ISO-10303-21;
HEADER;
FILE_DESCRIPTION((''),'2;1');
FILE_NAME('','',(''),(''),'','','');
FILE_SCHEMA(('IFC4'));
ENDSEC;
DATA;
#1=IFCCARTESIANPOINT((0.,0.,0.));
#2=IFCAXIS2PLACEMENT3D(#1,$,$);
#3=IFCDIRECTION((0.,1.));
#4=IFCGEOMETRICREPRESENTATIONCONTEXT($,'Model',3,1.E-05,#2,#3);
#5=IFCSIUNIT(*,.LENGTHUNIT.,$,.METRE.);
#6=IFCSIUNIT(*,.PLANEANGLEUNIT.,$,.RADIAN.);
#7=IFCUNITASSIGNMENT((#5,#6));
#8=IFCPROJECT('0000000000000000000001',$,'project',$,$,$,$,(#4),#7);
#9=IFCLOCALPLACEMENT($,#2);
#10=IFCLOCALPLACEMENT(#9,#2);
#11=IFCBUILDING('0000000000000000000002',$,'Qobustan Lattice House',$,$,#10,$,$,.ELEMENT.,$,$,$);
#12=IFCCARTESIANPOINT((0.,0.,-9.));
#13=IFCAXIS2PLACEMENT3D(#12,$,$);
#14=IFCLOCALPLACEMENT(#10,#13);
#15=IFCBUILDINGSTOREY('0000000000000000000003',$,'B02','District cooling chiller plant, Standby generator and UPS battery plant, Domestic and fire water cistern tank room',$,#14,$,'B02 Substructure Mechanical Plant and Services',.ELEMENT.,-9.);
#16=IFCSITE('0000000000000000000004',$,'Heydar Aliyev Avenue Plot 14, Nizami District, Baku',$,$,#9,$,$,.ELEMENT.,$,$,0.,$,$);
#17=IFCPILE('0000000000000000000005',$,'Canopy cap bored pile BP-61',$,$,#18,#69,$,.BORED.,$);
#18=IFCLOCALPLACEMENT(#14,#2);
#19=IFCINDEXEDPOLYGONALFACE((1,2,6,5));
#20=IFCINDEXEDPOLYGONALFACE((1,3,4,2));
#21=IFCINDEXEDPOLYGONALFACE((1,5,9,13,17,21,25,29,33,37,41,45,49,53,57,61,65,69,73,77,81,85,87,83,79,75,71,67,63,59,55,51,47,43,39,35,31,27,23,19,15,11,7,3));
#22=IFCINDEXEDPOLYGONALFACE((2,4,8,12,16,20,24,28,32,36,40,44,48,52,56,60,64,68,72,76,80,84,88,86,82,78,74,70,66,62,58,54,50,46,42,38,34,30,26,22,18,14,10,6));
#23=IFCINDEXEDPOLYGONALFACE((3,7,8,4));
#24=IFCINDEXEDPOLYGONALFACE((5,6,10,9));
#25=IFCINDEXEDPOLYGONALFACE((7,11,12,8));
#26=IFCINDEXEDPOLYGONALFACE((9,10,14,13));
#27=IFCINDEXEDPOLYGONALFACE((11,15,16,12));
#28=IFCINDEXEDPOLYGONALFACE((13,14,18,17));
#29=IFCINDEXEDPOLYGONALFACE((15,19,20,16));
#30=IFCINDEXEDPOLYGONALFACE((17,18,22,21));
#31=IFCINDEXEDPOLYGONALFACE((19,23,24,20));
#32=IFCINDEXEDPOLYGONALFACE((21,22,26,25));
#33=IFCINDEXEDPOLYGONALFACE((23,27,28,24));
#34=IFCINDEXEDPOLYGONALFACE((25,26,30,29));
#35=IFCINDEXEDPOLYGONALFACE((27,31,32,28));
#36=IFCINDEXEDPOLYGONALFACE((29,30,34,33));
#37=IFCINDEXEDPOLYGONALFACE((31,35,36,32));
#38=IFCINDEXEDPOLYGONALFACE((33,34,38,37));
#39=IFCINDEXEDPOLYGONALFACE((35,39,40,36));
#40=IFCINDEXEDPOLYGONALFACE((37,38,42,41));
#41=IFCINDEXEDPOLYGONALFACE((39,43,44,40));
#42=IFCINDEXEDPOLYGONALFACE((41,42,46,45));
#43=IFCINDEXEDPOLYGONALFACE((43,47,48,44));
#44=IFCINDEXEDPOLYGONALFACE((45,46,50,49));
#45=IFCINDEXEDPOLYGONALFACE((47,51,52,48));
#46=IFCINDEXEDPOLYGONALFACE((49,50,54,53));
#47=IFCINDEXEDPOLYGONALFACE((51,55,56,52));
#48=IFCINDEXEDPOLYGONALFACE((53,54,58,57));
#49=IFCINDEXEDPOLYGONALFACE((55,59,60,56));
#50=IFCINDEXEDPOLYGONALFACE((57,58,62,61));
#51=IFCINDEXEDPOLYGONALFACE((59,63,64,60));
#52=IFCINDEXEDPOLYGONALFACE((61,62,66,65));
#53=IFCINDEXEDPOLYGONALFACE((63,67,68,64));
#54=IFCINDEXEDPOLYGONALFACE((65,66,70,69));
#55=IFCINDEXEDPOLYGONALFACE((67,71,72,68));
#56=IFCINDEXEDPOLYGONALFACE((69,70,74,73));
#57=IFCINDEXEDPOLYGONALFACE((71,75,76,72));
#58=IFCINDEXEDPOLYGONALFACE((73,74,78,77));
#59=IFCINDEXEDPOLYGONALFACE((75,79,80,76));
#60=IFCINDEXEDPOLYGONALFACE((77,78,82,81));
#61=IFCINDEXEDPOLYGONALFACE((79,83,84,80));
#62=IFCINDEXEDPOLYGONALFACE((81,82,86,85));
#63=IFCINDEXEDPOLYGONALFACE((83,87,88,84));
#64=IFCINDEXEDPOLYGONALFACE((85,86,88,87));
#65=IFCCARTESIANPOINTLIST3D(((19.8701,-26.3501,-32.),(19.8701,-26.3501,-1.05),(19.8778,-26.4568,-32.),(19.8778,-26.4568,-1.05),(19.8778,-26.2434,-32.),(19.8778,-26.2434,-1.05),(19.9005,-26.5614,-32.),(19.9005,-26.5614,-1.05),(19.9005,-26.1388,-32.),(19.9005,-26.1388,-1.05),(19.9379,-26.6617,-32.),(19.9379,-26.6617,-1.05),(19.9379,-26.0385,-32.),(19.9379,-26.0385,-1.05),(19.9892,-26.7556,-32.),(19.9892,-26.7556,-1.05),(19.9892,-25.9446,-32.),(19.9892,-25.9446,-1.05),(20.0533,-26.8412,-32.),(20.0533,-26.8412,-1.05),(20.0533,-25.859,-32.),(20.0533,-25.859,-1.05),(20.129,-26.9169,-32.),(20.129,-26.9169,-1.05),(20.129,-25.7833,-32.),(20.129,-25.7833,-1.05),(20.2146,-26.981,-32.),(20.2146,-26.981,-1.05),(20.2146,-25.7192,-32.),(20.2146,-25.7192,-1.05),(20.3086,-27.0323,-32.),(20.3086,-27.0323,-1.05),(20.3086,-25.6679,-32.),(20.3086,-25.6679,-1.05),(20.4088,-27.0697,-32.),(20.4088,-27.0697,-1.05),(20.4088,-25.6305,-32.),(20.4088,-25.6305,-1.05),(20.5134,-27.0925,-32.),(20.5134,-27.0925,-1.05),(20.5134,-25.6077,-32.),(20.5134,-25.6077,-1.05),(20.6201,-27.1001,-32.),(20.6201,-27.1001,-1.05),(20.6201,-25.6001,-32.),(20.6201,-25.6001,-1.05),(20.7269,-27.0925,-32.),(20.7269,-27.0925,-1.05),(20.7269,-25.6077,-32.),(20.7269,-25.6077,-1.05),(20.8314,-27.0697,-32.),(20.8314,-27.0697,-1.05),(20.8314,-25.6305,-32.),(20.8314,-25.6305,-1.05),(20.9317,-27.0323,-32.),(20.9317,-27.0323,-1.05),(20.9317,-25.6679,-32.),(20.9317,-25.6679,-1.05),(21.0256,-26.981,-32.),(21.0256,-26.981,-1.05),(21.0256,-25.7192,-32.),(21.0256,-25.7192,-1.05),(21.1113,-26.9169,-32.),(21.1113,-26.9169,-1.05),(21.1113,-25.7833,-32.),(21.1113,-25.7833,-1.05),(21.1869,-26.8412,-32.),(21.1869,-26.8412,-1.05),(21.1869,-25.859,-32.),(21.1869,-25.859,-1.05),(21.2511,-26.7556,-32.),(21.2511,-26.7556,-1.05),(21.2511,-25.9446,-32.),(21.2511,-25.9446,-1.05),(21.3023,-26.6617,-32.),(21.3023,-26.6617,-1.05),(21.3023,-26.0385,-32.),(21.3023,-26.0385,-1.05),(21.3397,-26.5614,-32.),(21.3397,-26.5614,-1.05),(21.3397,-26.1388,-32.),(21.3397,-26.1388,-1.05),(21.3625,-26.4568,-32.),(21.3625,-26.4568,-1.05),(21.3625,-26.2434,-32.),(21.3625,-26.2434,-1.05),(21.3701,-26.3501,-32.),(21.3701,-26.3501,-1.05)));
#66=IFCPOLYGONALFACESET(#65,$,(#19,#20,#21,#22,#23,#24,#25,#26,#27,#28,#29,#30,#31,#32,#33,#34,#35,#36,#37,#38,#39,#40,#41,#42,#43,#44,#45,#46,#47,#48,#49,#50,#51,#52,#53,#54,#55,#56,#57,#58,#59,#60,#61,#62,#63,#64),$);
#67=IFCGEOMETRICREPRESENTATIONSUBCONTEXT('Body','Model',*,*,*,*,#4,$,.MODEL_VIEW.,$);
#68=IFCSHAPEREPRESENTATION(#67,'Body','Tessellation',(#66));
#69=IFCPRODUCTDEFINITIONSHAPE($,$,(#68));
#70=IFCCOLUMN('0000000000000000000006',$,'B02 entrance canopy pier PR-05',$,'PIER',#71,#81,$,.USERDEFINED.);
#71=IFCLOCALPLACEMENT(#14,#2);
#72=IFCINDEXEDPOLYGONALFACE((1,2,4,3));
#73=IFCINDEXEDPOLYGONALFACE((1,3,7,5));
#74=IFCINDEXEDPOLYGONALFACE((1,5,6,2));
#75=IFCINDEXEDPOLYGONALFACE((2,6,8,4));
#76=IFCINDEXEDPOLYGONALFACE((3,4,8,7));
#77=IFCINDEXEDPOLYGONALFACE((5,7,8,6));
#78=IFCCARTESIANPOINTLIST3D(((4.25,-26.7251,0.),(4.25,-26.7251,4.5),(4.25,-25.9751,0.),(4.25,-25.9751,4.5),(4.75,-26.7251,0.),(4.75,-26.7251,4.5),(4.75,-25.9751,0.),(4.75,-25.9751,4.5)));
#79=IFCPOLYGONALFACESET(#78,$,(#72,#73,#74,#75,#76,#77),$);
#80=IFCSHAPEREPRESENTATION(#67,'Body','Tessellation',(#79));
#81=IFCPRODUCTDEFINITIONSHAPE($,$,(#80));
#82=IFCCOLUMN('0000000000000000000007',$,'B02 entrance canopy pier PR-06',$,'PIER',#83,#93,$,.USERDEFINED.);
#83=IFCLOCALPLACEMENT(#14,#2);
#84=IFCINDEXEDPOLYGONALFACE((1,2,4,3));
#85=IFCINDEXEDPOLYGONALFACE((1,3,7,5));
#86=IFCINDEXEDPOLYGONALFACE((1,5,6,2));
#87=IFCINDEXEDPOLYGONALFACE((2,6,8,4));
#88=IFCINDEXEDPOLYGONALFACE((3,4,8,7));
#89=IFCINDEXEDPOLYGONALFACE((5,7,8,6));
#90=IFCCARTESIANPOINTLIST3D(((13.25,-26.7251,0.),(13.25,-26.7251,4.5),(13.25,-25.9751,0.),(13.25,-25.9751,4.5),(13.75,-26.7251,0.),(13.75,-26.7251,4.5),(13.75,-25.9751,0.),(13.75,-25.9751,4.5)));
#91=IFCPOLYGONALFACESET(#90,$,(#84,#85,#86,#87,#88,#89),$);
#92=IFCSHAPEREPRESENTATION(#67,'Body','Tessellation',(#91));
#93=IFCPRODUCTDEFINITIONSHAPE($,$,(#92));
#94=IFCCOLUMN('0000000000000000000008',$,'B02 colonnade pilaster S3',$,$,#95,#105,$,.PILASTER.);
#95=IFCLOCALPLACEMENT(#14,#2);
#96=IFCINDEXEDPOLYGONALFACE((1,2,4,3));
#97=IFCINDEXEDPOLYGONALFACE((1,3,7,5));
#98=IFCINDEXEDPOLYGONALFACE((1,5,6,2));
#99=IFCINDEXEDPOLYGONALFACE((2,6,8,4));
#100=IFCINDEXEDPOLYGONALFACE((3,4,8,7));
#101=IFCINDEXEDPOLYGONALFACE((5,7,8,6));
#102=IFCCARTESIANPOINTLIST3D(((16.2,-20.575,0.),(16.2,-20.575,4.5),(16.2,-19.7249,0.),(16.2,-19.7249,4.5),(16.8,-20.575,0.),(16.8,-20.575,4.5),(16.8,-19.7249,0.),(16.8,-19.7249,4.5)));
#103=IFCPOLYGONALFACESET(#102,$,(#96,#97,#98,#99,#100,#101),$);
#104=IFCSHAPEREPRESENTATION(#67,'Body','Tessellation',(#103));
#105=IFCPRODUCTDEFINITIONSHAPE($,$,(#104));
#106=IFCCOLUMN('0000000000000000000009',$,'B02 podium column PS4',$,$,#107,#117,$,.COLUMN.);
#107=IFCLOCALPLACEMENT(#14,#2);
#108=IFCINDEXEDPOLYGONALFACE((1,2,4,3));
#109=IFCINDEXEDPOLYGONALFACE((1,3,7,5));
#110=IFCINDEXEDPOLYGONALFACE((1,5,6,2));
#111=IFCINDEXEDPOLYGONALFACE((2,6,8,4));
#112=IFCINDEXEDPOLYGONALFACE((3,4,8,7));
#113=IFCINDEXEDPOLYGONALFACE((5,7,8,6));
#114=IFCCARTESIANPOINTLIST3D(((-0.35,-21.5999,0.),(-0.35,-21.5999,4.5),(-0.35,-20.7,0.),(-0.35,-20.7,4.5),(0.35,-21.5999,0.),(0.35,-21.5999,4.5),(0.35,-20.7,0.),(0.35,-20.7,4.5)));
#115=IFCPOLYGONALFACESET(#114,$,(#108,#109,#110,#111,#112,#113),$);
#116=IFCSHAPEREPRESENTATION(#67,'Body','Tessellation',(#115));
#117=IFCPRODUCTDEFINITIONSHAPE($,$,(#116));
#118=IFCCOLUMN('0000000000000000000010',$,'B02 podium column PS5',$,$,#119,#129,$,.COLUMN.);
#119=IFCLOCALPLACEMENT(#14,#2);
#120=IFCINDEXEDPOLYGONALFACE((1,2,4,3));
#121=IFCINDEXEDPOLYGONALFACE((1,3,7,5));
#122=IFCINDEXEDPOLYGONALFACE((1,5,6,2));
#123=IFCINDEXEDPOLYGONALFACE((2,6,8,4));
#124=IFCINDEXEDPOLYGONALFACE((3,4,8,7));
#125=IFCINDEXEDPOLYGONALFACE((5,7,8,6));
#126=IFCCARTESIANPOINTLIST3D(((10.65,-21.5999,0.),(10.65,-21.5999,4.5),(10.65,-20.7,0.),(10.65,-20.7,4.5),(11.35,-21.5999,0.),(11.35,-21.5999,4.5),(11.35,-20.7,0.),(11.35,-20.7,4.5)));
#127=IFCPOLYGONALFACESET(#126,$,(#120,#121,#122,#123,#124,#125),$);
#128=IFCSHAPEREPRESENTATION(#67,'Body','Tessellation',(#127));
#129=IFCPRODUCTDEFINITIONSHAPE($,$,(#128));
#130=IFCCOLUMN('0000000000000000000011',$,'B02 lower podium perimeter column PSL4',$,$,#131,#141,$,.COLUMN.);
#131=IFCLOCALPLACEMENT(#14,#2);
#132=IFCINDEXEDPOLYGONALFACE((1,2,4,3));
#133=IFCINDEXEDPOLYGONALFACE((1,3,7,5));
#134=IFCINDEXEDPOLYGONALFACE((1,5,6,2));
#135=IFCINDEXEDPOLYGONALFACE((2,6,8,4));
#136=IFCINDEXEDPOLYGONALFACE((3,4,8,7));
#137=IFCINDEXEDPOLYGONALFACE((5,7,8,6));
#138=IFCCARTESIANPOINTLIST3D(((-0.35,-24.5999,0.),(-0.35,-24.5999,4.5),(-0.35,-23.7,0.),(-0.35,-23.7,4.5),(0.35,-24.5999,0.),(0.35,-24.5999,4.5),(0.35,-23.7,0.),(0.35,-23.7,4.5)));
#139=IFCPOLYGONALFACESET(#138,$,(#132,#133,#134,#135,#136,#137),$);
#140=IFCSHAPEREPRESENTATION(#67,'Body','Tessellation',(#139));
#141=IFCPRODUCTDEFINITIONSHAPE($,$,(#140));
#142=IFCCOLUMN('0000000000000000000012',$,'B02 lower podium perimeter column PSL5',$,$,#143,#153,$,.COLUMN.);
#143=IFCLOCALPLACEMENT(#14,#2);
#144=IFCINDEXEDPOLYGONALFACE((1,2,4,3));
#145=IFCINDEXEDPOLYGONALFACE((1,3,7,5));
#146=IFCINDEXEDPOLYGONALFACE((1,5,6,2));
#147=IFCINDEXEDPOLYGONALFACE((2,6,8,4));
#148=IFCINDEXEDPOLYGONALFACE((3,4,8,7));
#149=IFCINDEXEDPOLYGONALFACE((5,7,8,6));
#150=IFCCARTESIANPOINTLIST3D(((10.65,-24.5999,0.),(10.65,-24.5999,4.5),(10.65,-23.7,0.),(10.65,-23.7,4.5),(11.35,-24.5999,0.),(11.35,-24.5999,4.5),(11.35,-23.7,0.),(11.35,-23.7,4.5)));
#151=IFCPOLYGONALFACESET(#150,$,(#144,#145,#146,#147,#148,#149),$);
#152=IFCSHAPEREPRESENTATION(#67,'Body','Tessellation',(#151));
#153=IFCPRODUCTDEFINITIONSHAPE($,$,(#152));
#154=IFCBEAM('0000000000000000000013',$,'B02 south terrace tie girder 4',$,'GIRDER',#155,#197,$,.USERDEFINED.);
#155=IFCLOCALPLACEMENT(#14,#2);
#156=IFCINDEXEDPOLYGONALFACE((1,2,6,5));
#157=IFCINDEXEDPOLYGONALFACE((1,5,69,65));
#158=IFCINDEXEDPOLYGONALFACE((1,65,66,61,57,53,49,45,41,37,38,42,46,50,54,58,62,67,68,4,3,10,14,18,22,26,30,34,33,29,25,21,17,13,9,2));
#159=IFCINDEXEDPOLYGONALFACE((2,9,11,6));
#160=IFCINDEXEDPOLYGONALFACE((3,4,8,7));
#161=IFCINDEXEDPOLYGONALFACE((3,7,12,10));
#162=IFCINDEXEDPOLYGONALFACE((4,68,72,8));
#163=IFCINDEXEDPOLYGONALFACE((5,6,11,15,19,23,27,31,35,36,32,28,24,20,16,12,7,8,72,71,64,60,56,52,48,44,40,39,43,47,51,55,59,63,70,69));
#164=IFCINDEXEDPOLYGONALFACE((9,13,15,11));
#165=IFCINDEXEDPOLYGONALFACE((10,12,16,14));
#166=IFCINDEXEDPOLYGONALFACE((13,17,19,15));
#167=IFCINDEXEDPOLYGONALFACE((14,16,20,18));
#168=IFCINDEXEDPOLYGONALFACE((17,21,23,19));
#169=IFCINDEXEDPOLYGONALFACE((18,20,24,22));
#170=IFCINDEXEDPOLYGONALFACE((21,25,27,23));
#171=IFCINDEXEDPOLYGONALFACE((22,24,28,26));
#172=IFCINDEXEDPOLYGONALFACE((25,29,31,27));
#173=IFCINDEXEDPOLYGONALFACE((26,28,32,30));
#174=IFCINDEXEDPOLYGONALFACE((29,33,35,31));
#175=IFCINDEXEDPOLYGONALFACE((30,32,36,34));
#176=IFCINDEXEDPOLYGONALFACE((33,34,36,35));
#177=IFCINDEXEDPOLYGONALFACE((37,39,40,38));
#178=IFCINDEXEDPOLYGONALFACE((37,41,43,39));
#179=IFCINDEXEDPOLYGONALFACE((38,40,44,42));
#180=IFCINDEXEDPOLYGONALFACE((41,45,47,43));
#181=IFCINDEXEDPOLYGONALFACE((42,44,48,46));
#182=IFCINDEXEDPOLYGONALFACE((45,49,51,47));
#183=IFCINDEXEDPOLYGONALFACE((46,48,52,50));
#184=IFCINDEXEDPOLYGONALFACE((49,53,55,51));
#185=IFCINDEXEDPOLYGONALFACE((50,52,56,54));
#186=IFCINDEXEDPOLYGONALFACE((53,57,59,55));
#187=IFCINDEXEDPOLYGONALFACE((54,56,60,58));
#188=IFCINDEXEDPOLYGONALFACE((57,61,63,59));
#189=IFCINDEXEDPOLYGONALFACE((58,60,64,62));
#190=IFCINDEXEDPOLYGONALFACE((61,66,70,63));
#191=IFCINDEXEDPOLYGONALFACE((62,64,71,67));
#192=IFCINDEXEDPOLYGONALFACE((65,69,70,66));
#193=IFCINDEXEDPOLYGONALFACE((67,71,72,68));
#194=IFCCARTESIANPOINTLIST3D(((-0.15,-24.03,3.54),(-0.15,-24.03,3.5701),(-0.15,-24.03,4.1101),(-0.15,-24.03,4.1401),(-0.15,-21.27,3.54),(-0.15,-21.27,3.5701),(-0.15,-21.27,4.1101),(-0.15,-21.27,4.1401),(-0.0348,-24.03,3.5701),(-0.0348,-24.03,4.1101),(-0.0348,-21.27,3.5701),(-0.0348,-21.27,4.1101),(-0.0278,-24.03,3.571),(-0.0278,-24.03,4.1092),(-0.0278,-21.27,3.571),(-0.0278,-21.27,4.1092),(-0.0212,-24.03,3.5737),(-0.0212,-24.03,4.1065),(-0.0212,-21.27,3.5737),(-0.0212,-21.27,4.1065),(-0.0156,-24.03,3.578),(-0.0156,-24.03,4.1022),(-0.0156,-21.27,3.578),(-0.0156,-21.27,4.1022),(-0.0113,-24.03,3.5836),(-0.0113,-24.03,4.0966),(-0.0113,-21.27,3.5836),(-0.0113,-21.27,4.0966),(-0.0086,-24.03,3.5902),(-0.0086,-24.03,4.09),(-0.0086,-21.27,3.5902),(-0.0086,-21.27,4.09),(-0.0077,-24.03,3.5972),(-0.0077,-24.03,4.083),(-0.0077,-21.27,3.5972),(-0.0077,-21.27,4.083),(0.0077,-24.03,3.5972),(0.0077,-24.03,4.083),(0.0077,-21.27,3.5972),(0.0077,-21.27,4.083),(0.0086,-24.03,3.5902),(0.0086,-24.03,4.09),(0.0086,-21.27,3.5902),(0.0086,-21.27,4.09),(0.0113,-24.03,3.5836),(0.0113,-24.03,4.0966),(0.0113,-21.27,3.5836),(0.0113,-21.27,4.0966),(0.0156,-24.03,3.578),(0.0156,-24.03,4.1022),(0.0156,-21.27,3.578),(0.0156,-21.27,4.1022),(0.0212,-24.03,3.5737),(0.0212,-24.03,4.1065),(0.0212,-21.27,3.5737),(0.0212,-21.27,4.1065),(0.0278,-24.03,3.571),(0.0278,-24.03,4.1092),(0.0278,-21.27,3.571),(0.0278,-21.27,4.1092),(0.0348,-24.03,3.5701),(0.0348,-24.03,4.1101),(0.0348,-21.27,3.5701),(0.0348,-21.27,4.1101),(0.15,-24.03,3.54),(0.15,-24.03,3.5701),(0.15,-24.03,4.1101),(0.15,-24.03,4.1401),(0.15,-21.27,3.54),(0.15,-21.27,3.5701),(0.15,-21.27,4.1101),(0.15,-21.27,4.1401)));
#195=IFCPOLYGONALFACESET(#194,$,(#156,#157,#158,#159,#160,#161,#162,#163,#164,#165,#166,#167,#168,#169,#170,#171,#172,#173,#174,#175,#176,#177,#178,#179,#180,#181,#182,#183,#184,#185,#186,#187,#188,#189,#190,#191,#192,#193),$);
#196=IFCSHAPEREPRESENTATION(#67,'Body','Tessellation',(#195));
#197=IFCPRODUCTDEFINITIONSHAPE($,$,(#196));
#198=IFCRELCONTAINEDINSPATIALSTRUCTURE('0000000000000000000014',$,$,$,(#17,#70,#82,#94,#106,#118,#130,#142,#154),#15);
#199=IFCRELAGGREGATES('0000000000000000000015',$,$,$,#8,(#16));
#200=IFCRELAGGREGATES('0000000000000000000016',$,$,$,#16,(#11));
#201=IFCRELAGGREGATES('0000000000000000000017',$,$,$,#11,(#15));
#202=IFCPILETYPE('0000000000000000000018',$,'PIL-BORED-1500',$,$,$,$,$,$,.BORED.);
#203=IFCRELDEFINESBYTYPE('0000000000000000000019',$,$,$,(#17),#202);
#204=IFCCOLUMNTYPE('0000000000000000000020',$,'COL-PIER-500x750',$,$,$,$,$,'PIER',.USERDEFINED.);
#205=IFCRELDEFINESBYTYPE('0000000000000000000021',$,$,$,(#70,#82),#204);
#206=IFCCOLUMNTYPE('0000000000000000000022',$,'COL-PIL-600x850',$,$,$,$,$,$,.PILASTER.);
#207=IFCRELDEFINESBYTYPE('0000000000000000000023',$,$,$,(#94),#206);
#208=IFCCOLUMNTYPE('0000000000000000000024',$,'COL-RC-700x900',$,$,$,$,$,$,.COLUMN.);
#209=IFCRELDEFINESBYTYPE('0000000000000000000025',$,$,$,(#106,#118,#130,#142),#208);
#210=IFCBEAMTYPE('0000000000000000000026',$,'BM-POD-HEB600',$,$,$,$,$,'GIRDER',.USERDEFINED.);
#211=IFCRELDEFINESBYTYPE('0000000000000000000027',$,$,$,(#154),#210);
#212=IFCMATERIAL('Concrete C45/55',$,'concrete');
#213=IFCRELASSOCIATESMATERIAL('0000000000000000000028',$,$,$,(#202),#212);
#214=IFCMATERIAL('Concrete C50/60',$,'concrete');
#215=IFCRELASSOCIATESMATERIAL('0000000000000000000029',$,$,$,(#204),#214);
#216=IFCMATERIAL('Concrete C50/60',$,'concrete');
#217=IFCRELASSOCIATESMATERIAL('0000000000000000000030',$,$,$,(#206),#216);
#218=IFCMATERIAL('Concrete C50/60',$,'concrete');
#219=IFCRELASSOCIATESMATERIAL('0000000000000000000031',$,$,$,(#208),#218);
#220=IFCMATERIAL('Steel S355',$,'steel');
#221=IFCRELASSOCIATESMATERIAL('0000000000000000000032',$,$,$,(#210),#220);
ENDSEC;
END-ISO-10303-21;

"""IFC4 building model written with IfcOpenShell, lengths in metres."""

from ifc_helpers import new_model, si_unit, direction, frame, origin, origin_2d, place, context, subcontext, project, spatial, rectangle, circle, i_section, extrude, material, material_profile, profile_set, type_object, element, save


model = new_model("IFC4")

# Units and contexts
model_context = context("Model", 3, precision=1e-05, world=origin(), true_north=direction((0.0, 1.0)))
body_context = subcontext(model_context, "Body", "Model", "MODEL_VIEW")
ifc_project = project(units=[si_unit("LENGTHUNIT", "METRE"), si_unit("PLANEANGLEUNIT", "RADIAN")], contexts=[model_context])

# Site, building, storey
site_placement = place(None, origin())
site = spatial("IfcSite", under=ifc_project, at=site_placement, Name="Heydar Aliyev Avenue Plot 14, Nizami District, Baku", CompositionType="ELEMENT", RefElevation=0.0)
building_placement = place(site_placement, origin())
building = spatial("IfcBuilding", under=site, at=building_placement, Name="Qobustan Lattice House", CompositionType="ELEMENT")
storey_placement = place(building_placement, frame((0.0, 0.0, -9.0)))
storey = spatial("IfcBuildingStorey", under=building, at=storey_placement, Name="B02", Description="District cooling chiller plant, Standby generator and UPS battery plant, Domestic and fire water cistern tank room", LongName="B02 Substructure Mechanical Plant and Services", CompositionType="ELEMENT", Elevation=-9.0)

# Pile
ifc_material_1 = material(Name="Concrete C45/55", Category="concrete")
ifc_material_profile_1 = material_profile(ifc_material_1, circle(Radius=0.75, at=origin_2d()), Name="PILE-D1500")
ifc_profile_set_1 = profile_set([ifc_material_profile_1], Name="Concrete C45/55")
pile_type = type_object("IfcPileType", Name="PIL-BORED-1500", PredefinedType="BORED", material=ifc_profile_set_1)
for number, where, z_axis, x_axis, name in (
    (1, (20.6201, -26.3501, -1.05), (0.0, 0.0, -1.0), (1.0, 0.0, 0.0), "Canopy cap bored pile BP-61"),
):
    element("IfcPile", number, at=place(storey_placement, frame(where, z_axis=z_axis, x_axis=x_axis)), inside=storey, type_object=pile_type, Name=name, PredefinedType="BORED", context=body_context, shape_type="SweptSolid", body=[
        extrude(circle(Radius=0.75, at=origin_2d()), origin(), (0.0, 0.0, 1.0), 30.95),
    ])

# Columns
ifc_material_2 = material(Name="Concrete C50/60", Category="concrete")
ifc_material_profile_2 = material_profile(ifc_material_2, rectangle(XDim=0.5, YDim=0.75, at=origin_2d()), Name="RC500x750")
ifc_profile_set_2 = profile_set([ifc_material_profile_2], Name="Concrete C50/60")
column_type_1 = type_object("IfcColumnType", Name="COL-PIER-500x750", ElementType="PIER", PredefinedType="USERDEFINED", material=ifc_profile_set_2)
for number, where, z_axis, x_axis, name in (
    (2, (4.5, -26.3501, 0.0), (0.0, 0.0, 1.0), (1.0, 0.0, 0.0), "B02 entrance canopy pier PR-05"),
    (3, (13.5, -26.3501, 0.0), (0.0, 0.0, 1.0), (1.0, 0.0, 0.0), "B02 entrance canopy pier PR-06"),
):
    element("IfcColumn", number, at=place(storey_placement, frame(where, z_axis=z_axis, x_axis=x_axis)), inside=storey, type_object=column_type_1, Name=name, ObjectType="PIER", PredefinedType="USERDEFINED", context=body_context, shape_type="SweptSolid", body=[
        extrude(rectangle(XDim=0.5, YDim=0.75, at=origin_2d()), origin(), (0.0, 0.0, 1.0), 4.5),
    ])
ifc_material_3 = material(Name="Concrete C50/60", Category="concrete")
ifc_material_profile_3 = material_profile(ifc_material_3, rectangle(XDim=0.6001, YDim=0.8501, at=origin_2d()), Name="RC600x850")
ifc_profile_set_3 = profile_set([ifc_material_profile_3], Name="Concrete C50/60")
column_type_2 = type_object("IfcColumnType", Name="COL-PIL-600x850", PredefinedType="PILASTER", material=ifc_profile_set_3)
column_placement = place(storey_placement, frame((16.5, -20.1499, 0.0), z_axis=(0.0, 0.0, 1.0), x_axis=(1.0, 0.0, 0.0)))
element("IfcColumn", 4, at=column_placement, inside=storey, type_object=column_type_2, Name="B02 colonnade pilaster S3", PredefinedType="PILASTER", context=body_context, shape_type="SweptSolid", body=[
    extrude(rectangle(XDim=0.6001, YDim=0.8501, at=origin_2d()), origin(), (0.0, 0.0, 1.0), 4.5),
])
ifc_material_4 = material(Name="Concrete C50/60", Category="concrete")
ifc_material_profile_4 = material_profile(ifc_material_4, rectangle(XDim=0.7, YDim=0.8999, at=origin_2d()), Name="RC700x900")
ifc_profile_set_4 = profile_set([ifc_material_profile_4], Name="Concrete C50/60")
column_type_3 = type_object("IfcColumnType", Name="COL-RC-700x900", PredefinedType="COLUMN", material=ifc_profile_set_4)
for number, where, z_axis, x_axis, name in (
    (5, (0.0, -21.1499, 0.0), (0.0, 0.0, 1.0), (1.0, 0.0, 0.0), "B02 podium column PS4"),
    (6, (11.0, -21.1499, 0.0), (0.0, 0.0, 1.0), (1.0, 0.0, 0.0), "B02 podium column PS5"),
    (7, (0.0, -24.1499, 0.0), (0.0, 0.0, 1.0), (1.0, 0.0, 0.0), "B02 lower podium perimeter column PSL4"),
    (8, (11.0, -24.1499, 0.0), (0.0, 0.0, 1.0), (1.0, 0.0, 0.0), "B02 lower podium perimeter column PSL5"),
):
    element("IfcColumn", number, at=place(storey_placement, frame(where, z_axis=z_axis, x_axis=x_axis)), inside=storey, type_object=column_type_3, Name=name, PredefinedType="COLUMN", context=body_context, shape_type="SweptSolid", body=[
        extrude(rectangle(XDim=0.7, YDim=0.8999, at=origin_2d()), origin(), (0.0, 0.0, 1.0), 4.5),
    ])

# Beam
ifc_material_5 = material(Name="Steel S355", Category="steel")
ifc_material_profile_5 = material_profile(ifc_material_5, i_section(OverallWidth=0.3, OverallDepth=0.6001, WebThickness=0.0154, FlangeThickness=0.03, FilletRadius=0.0271, at=origin_2d()), Name="HEB600")
ifc_profile_set_5 = profile_set([ifc_material_profile_5], Name="Steel S355")
beam_type_1 = type_object("IfcBeamType", Name="BM-POD-HEB600", ElementType="GIRDER", PredefinedType="USERDEFINED", material=ifc_profile_set_5)
for number, where, z_axis, x_axis, name in (
    (9, (0.0, -24.03, 3.8401), (0.0, 1.0, 0.0), (-1.0, 0.0, 0.0), "B02 south terrace tie girder 4"),
):
    element("IfcBeam", number, at=place(storey_placement, frame(where, z_axis=z_axis, x_axis=x_axis)), inside=storey, type_object=beam_type_1, Name=name, ObjectType="GIRDER", PredefinedType="USERDEFINED", context=body_context, shape_type="SweptSolid", body=[
        extrude(i_section(OverallWidth=0.3, OverallDepth=0.6001, WebThickness=0.0154, FlangeThickness=0.03, FilletRadius=0.0271, at=origin_2d()), origin(), (0.0, 0.0, 1.0), 2.76),
    ])

save(model, "model.ifc")
